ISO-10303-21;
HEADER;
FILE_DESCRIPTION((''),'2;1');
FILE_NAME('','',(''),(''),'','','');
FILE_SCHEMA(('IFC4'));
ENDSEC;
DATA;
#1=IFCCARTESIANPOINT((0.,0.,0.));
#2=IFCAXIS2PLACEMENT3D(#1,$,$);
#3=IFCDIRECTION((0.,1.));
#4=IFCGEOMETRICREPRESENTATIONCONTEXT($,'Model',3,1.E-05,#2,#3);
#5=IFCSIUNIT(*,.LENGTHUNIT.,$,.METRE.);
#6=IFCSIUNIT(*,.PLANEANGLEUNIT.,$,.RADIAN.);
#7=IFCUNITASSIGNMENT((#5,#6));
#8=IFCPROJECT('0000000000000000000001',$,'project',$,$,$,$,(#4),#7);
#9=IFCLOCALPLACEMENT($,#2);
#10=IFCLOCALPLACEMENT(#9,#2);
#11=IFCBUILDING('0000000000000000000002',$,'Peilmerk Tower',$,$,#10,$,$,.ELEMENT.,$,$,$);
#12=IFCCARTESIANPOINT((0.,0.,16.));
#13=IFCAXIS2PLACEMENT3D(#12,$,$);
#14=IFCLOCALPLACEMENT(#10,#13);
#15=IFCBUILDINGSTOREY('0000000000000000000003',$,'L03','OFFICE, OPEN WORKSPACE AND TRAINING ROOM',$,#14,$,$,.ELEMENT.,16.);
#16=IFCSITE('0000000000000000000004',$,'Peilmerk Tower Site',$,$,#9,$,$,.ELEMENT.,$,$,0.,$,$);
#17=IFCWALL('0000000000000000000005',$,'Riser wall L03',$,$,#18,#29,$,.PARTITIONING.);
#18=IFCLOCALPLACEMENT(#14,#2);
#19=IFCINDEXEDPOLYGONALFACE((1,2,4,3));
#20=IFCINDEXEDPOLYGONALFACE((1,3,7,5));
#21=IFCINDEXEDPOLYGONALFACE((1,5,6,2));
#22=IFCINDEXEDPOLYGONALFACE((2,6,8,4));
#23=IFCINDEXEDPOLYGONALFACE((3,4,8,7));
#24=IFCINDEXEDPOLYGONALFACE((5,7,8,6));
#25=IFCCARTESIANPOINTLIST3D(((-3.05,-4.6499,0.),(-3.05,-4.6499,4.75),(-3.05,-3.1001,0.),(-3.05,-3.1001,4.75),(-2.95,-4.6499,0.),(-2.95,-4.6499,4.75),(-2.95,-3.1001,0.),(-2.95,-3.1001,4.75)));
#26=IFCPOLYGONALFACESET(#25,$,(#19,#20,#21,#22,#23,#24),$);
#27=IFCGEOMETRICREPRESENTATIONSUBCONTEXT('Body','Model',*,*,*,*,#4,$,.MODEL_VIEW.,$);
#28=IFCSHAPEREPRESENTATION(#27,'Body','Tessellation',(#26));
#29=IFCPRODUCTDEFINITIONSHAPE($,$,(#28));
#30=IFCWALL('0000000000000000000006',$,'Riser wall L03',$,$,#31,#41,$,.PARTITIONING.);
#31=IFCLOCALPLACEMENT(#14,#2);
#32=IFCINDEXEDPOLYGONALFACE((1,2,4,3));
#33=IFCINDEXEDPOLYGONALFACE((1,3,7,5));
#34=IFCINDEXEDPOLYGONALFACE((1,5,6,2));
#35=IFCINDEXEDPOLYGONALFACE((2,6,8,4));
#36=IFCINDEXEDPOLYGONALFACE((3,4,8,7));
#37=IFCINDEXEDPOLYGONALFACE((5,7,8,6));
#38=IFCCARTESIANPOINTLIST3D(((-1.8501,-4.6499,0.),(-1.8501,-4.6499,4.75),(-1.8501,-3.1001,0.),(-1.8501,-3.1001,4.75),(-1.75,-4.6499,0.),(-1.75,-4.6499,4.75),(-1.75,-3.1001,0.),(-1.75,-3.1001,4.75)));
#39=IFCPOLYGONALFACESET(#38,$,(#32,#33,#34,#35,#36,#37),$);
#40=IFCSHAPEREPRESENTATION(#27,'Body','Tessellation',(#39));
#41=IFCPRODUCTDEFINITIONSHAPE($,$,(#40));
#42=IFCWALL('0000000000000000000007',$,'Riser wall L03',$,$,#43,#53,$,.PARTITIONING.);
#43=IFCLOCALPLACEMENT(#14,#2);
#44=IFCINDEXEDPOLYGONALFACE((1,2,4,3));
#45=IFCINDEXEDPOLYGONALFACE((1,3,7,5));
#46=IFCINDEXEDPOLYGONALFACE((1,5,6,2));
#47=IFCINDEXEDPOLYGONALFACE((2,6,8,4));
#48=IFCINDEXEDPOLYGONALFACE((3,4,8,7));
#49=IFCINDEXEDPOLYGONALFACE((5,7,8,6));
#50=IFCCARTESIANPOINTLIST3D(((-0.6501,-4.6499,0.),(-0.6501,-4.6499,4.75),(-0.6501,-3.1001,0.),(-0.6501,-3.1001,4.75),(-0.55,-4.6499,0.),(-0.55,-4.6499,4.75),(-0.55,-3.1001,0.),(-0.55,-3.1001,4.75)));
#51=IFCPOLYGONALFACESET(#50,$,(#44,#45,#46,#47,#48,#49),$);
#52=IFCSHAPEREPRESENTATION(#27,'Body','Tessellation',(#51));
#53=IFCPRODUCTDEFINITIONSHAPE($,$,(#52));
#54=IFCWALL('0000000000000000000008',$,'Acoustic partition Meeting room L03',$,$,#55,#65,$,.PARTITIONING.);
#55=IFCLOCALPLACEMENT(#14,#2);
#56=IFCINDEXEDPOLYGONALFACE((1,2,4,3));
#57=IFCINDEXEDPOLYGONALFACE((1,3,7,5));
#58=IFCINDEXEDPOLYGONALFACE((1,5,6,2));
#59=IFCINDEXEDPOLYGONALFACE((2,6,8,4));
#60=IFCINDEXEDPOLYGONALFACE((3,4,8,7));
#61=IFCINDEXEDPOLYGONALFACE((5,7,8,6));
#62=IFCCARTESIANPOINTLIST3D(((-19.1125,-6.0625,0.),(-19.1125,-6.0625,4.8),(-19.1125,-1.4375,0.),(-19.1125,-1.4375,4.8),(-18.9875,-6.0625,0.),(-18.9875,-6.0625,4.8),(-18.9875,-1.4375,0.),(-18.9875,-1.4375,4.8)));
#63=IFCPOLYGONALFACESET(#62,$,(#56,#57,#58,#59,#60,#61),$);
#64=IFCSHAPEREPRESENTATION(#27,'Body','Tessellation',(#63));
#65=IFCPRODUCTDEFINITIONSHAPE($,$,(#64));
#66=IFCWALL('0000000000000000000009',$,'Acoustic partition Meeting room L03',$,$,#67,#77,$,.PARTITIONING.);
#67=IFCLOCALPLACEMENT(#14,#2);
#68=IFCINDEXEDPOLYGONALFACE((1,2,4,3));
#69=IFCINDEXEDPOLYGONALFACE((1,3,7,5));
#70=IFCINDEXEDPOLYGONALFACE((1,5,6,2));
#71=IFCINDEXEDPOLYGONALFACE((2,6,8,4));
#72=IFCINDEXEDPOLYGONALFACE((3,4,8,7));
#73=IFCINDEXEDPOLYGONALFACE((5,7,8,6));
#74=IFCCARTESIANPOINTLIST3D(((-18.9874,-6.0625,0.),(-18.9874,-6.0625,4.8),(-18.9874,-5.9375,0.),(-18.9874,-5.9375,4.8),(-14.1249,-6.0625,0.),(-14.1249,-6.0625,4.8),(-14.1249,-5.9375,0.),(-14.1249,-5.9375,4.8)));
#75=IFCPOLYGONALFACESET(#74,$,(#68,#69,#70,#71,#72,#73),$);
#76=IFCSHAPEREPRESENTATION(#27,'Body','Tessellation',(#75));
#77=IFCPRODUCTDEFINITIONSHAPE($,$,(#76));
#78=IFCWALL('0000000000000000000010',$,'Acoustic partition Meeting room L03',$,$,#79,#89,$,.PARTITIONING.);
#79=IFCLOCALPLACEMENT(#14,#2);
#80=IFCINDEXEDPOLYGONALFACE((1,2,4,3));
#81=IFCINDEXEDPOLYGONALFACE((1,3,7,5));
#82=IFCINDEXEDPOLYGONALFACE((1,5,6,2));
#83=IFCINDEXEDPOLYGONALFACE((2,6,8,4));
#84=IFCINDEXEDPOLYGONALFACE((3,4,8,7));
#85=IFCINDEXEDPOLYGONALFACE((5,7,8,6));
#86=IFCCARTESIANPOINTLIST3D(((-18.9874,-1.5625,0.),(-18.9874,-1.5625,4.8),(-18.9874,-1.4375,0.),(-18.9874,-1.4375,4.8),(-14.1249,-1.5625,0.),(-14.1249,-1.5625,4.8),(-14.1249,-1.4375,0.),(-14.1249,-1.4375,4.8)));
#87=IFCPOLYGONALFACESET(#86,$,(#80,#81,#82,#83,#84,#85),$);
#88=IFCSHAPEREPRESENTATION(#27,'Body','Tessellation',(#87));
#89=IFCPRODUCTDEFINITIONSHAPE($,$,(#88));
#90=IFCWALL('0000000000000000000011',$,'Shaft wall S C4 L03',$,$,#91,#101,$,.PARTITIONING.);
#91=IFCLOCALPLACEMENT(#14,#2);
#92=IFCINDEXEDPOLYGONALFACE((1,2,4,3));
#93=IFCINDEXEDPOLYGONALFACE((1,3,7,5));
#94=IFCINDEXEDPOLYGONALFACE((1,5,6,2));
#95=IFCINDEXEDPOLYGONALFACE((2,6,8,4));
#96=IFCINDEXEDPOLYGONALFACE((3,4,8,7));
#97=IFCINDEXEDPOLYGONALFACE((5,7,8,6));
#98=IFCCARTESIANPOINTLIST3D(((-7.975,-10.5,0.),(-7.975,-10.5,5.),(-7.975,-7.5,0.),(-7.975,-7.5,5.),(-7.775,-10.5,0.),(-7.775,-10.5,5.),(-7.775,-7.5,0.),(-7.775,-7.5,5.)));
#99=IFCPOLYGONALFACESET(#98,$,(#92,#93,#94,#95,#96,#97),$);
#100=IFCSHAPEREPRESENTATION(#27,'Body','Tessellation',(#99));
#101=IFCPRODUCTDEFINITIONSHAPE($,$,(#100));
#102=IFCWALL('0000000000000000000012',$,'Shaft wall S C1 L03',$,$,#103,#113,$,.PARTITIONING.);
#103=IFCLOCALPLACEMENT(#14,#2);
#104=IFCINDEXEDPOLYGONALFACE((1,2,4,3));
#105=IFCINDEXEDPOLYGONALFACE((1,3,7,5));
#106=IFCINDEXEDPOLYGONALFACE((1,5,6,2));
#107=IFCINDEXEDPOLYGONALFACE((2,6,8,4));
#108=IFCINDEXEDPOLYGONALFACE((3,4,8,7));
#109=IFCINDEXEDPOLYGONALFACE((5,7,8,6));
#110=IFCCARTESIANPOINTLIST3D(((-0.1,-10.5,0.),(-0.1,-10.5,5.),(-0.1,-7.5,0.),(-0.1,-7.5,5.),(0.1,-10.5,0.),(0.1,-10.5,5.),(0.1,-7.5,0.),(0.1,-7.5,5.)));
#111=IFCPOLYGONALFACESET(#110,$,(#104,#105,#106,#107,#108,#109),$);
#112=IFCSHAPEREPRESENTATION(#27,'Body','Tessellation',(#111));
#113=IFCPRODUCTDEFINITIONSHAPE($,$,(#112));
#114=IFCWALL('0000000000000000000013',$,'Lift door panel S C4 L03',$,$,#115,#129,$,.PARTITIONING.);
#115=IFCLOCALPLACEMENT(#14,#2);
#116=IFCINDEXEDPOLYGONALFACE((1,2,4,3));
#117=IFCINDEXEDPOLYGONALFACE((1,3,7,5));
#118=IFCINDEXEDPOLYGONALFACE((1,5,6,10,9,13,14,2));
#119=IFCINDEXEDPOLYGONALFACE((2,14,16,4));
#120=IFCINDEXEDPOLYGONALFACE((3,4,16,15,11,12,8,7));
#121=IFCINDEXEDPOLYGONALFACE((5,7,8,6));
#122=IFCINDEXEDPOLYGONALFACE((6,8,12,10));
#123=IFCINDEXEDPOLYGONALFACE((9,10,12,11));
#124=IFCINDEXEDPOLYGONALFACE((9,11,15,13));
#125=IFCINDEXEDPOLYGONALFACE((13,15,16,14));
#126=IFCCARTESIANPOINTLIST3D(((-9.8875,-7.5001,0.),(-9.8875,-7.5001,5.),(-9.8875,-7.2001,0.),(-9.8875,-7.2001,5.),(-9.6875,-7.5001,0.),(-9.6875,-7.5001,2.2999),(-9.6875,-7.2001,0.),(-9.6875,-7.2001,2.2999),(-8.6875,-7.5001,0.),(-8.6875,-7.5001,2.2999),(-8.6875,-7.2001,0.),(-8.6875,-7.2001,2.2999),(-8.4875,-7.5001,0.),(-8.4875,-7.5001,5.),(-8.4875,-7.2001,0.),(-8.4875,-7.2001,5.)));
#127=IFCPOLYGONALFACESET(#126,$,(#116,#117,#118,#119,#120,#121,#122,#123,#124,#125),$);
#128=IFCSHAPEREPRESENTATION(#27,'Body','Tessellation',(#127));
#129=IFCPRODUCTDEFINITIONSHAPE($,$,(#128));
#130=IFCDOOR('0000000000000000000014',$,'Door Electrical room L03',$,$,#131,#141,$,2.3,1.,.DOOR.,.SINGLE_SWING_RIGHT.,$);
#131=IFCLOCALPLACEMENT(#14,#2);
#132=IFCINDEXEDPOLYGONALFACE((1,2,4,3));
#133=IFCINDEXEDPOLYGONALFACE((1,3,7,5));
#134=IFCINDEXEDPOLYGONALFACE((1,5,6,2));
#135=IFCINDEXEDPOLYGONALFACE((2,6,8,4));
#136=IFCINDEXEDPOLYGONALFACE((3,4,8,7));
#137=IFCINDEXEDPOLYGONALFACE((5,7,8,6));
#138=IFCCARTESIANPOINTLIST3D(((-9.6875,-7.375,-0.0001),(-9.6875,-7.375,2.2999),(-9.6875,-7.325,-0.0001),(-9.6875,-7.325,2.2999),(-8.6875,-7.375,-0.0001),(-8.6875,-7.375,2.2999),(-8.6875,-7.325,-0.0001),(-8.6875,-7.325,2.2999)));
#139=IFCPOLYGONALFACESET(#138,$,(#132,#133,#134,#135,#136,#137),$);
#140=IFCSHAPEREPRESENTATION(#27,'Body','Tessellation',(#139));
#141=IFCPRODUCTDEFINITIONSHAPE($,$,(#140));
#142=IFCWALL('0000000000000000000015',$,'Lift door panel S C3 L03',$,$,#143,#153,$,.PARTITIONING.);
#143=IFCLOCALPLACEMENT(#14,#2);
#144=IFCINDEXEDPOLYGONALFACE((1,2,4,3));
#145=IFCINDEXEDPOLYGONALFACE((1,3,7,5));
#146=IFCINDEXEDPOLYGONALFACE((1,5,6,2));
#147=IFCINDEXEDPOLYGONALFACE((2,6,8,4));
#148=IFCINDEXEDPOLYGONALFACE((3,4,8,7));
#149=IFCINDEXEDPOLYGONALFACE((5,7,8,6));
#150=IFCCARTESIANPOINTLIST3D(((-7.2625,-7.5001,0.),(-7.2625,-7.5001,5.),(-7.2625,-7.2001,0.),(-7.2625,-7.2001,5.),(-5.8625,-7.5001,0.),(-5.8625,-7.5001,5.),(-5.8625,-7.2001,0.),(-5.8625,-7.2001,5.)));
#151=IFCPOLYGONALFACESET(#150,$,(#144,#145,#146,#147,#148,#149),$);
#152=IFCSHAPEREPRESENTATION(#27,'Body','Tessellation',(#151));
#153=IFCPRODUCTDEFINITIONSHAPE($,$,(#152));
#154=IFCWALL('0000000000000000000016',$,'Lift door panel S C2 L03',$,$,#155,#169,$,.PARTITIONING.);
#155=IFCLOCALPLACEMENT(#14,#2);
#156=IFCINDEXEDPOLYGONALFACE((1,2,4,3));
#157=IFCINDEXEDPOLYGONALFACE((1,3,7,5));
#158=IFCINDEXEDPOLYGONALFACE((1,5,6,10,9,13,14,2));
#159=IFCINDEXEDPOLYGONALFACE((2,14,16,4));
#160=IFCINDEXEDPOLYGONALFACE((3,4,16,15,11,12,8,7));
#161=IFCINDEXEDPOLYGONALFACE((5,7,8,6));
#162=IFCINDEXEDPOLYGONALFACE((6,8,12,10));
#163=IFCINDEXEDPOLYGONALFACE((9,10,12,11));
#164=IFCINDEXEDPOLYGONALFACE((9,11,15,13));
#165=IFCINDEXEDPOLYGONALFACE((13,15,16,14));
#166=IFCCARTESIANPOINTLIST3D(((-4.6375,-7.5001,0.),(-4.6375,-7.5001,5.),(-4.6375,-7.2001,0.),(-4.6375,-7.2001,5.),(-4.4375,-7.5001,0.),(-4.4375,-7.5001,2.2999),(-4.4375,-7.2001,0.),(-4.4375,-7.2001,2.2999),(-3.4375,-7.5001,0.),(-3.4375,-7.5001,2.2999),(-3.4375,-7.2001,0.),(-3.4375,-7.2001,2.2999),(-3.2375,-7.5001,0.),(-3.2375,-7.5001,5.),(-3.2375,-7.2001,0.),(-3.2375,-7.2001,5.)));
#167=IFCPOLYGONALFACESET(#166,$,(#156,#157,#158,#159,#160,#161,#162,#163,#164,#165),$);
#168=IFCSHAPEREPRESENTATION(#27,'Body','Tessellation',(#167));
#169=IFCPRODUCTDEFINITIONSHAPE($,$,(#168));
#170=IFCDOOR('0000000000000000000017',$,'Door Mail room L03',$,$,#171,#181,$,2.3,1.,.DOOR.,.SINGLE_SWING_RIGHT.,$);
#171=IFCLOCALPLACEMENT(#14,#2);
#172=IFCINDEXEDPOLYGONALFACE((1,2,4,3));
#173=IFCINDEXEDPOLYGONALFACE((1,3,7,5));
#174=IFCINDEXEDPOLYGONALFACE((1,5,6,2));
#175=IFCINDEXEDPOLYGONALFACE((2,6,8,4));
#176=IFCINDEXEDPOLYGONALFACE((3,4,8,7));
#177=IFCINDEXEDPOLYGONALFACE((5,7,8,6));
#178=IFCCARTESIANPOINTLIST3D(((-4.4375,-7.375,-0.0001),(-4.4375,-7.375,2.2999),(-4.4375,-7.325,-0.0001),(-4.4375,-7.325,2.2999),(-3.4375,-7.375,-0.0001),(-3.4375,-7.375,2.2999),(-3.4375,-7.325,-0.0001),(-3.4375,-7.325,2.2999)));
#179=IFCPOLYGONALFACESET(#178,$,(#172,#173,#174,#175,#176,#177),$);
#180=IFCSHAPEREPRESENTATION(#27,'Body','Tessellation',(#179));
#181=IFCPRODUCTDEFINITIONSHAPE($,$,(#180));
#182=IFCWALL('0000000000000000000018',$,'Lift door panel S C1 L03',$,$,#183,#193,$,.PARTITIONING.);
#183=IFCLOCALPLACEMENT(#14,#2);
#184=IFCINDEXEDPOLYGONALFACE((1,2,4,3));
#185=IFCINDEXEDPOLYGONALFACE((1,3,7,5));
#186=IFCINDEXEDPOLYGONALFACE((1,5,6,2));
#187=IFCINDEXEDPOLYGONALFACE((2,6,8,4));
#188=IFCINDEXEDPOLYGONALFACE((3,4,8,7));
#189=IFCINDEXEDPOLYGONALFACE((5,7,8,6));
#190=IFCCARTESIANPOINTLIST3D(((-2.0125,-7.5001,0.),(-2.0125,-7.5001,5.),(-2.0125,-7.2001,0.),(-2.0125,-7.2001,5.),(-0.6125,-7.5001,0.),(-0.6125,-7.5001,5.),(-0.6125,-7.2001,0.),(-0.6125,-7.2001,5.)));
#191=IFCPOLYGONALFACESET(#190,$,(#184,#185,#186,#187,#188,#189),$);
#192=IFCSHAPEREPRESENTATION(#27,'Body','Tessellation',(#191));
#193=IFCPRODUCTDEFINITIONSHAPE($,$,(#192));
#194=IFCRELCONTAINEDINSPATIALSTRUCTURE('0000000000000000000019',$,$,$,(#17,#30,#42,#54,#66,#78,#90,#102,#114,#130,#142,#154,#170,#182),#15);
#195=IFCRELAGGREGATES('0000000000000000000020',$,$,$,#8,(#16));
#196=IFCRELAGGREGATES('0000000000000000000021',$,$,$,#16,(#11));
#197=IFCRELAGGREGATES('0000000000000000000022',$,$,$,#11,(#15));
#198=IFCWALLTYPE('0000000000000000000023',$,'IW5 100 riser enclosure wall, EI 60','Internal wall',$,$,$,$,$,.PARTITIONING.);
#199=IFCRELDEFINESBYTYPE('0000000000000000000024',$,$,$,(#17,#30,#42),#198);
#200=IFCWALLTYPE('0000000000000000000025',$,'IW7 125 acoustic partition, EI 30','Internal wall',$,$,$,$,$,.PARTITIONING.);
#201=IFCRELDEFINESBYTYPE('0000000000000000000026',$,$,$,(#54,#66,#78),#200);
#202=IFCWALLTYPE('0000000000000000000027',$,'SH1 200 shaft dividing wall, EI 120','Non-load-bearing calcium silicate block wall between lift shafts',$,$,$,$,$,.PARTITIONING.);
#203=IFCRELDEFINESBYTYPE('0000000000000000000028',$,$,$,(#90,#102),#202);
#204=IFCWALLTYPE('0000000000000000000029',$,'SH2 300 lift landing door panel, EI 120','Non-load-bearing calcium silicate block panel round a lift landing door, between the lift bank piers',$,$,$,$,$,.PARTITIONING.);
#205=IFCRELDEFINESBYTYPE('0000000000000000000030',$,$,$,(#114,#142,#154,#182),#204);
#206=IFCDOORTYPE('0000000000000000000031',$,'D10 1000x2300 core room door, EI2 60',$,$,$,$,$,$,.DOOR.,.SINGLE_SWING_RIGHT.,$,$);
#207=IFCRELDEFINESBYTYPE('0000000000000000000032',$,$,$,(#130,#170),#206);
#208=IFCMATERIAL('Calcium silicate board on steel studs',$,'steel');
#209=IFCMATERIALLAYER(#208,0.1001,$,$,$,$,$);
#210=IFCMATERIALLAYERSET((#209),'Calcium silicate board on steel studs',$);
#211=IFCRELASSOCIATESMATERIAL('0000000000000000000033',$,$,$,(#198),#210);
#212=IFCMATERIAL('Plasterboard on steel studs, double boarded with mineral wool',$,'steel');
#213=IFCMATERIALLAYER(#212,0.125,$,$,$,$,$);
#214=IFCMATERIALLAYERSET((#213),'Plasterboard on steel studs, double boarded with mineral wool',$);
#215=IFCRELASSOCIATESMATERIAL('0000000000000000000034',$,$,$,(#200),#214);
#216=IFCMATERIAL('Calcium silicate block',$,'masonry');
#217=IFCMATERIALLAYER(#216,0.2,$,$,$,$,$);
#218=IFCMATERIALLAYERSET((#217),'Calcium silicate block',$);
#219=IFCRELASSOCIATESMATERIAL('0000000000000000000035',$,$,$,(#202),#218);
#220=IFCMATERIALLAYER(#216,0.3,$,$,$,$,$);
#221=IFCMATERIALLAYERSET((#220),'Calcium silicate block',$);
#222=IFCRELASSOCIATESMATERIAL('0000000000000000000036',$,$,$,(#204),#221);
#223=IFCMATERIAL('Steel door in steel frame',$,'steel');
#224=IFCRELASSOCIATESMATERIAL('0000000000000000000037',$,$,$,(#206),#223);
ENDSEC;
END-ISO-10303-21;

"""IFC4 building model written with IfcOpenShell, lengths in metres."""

from ifc_helpers import new_model, si_unit, direction, frame, frame_2d, origin, place, context, subcontext, project, spatial, rectangle, extrude, material, layer, layer_set, type_object, element, fill, save


model = new_model("IFC4")

# Units and contexts
model_context = context("Model", 3, precision=1e-05, world=origin(), true_north=direction((0.0, 1.0)))
body_context = subcontext(model_context, "Body", "Model", "MODEL_VIEW")
ifc_project = project(units=[si_unit("LENGTHUNIT", "METRE"), si_unit("PLANEANGLEUNIT", "RADIAN")], contexts=[model_context])

# Site, building, storey
site_placement = place(None, origin())
site = spatial("IfcSite", under=ifc_project, at=site_placement, Name="Peilmerk Tower Site", CompositionType="ELEMENT", RefElevation=0.0)
building_placement = place(site_placement, origin())
building = spatial("IfcBuilding", under=site, at=building_placement, Name="Peilmerk Tower", CompositionType="ELEMENT")
storey_placement = place(building_placement, frame((0.0, 0.0, 16.0)))
storey = spatial("IfcBuildingStorey", under=building, at=storey_placement, Name="L03", Description="OFFICE, OPEN WORKSPACE AND TRAINING ROOM", CompositionType="ELEMENT", Elevation=16.0)

# Walls
ifc_material_1 = material(Name="Calcium silicate board on steel studs", Category="steel")
ifc_layer_1 = layer(ifc_material_1, 0.1001)
ifc_layer_set_1 = layer_set([ifc_layer_1], Name="Calcium silicate board on steel studs")
wall_type_1 = type_object("IfcWallType", Name="IW5 100 riser enclosure wall, EI 60", Description="Internal wall", PredefinedType="PARTITIONING", material=ifc_layer_set_1)
for number, where, z_axis, x_axis, name in (
    (1, (-3.0, -3.1001, 0.0), (0.0, 0.0, 1.0), (0.0, -1.0, 0.0), "Riser wall L03"),
    (2, (-1.8, -3.1001, 0.0), (0.0, 0.0, 1.0), (0.0, -1.0, 0.0), "Riser wall L03"),
    (3, (-0.6001, -3.1001, 0.0), (0.0, 0.0, 1.0), (0.0, -1.0, 0.0), "Riser wall L03"),
):
    element("IfcWall", number, at=place(storey_placement, frame(where, z_axis=z_axis, x_axis=x_axis)), inside=storey, type_object=wall_type_1, Name=name, PredefinedType="PARTITIONING", context=body_context, shape_type="SweptSolid", body=[
        extrude(rectangle(XDim=1.5498, YDim=0.1001, at=frame_2d((0.7749, 0.0))), origin(), (0.0, 0.0, 1.0), 4.75),
    ])
ifc_material_2 = material(Name="Plasterboard on steel studs, double boarded with mineral wool", Category="steel")
ifc_layer_2 = layer(ifc_material_2, 0.125)
ifc_layer_set_2 = layer_set([ifc_layer_2], Name="Plasterboard on steel studs, double boarded with mineral wool")
wall_type_2 = type_object("IfcWallType", Name="IW7 125 acoustic partition, EI 30", Description="Internal wall", PredefinedType="PARTITIONING", material=ifc_layer_set_2)
wall_1_placement = place(storey_placement, frame((-19.05, -6.0625, 0.0), z_axis=(0.0, 0.0, 1.0), x_axis=(0.0, 1.0, 0.0)))
element("IfcWall", 4, at=wall_1_placement, inside=storey, type_object=wall_type_2, Name="Acoustic partition Meeting room L03", PredefinedType="PARTITIONING", context=body_context, shape_type="SweptSolid", body=[
    extrude(rectangle(XDim=4.625, YDim=0.125, at=frame_2d((2.3125, 0.0))), origin(), (0.0, 0.0, 1.0), 4.8),
])
for number, where, z_axis, x_axis, name in (
    (5, (-14.125, -6.0, 0.0), (0.0, 0.0, 1.0), (-1.0, 0.0, 0.0), "Acoustic partition Meeting room L03"),
    (6, (-14.125, -1.5, 0.0), (0.0, 0.0, 1.0), (-1.0, 0.0, 0.0), "Acoustic partition Meeting room L03"),
):
    element("IfcWall", number, at=place(storey_placement, frame(where, z_axis=z_axis, x_axis=x_axis)), inside=storey, type_object=wall_type_2, Name=name, PredefinedType="PARTITIONING", context=body_context, shape_type="SweptSolid", body=[
        extrude(rectangle(XDim=4.8625, YDim=0.125, at=frame_2d((2.4312, 0.0))), origin(), (0.0, 0.0, 1.0), 4.8),
    ])
ifc_material_3 = material(Name="Calcium silicate block", Category="masonry")
ifc_layer_3 = layer(ifc_material_3, 0.2)
ifc_layer_set_3 = layer_set([ifc_layer_3], Name="Calcium silicate block")
wall_type_3 = type_object("IfcWallType", Name="SH1 200 shaft dividing wall, EI 120", Description="Non-load-bearing calcium silicate block wall between lift shafts", PredefinedType="PARTITIONING", material=ifc_layer_set_3)
for number, where, z_axis, x_axis, name in (
    (7, (-7.875, -10.5, 0.0), (0.0, 0.0, 1.0), (0.0, 1.0, 0.0), "Shaft wall S C4 L03"),
    (8, (0.0, -10.5, 0.0), (0.0, 0.0, 1.0), (0.0, 1.0, 0.0), "Shaft wall S C1 L03"),
):
    element("IfcWall", number, at=place(storey_placement, frame(where, z_axis=z_axis, x_axis=x_axis)), inside=storey, type_object=wall_type_3, Name=name, PredefinedType="PARTITIONING", context=body_context, shape_type="SweptSolid", body=[
        extrude(rectangle(XDim=3.0, YDim=0.2, at=frame_2d((1.5, 0.0))), origin(), (0.0, 0.0, 1.0), 5.0),
    ])

# Wall, opening, door
ifc_layer_4 = layer(ifc_material_3, 0.3)
ifc_layer_set_4 = layer_set([ifc_layer_4], Name="Calcium silicate block")
wall_type_4 = type_object("IfcWallType", Name="SH2 300 lift landing door panel, EI 120", Description="Non-load-bearing calcium silicate block panel round a lift landing door, between the lift bank piers", PredefinedType="PARTITIONING", material=ifc_layer_set_4)
wall_2_placement = place(storey_placement, frame((-9.8875, -7.3501, 0.0), z_axis=(0.0, 0.0, 1.0), x_axis=(1.0, 0.0, 0.0)))
wall_2 = element("IfcWall", 9, at=wall_2_placement, inside=storey, type_object=wall_type_4, Name="Lift door panel S C4 L03", PredefinedType="PARTITIONING", context=body_context, shape_type="SweptSolid", body=[
    extrude(rectangle(XDim=1.3999, YDim=0.3, at=frame_2d((0.7, 0.0))), origin(), (0.0, 0.0, 1.0), 5.0),
])
opening_1_placement = place(wall_2_placement, frame((0.2, 0.0, 0.0)))
opening_1 = element("IfcOpeningElement", 10, at=opening_1_placement, cuts=wall_2, PredefinedType="OPENING", context=body_context, shape_type="SweptSolid", body=[
    extrude(rectangle(XDim=1.0, YDim=2.3, at=frame_2d((0.5, 1.1499))), frame((0.0, 0.1599, 0.0), z_axis=(0.0, -1.0, 0.0), x_axis=(1.0, 0.0, 0.0)), (0.0, 0.0, 1.0), 0.3201),
])
ifc_material_4 = material(Name="Steel door in steel frame", Category="steel")
door_type_1 = type_object("IfcDoorType", Name="D10 1000x2300 core room door, EI2 60", OperationType="SINGLE_SWING_RIGHT", PredefinedType="DOOR", material=ifc_material_4)
door_1_placement = place(opening_1_placement, frame((1.0, 0.0, 0.0), z_axis=(0.0, 0.0, 1.0), x_axis=(-1.0, 0.0, 0.0)))
door_1 = element("IfcDoor", 11, at=door_1_placement, inside=storey, type_object=door_type_1, Name="Door Electrical room L03", OperationType="SINGLE_SWING_RIGHT", OverallHeight=2.3, OverallWidth=1.0, PredefinedType="DOOR", context=body_context, shape_type="SweptSolid", body=[
    extrude(rectangle(XDim=1.0, YDim=2.3, at=frame_2d((0.5, 1.1499))), frame((0.0, 0.0249, 0.0), z_axis=(0.0, -1.0, 0.0), x_axis=(1.0, 0.0, 0.0)), (0.0, 0.0, 1.0), 0.05),
])
fill(opening_1, door_1)

# Wall
wall_3_placement = place(storey_placement, frame((-7.2625, -7.3501, 0.0), z_axis=(0.0, 0.0, 1.0), x_axis=(1.0, 0.0, 0.0)))
element("IfcWall", 12, at=wall_3_placement, inside=storey, type_object=wall_type_4, Name="Lift door panel S C3 L03", PredefinedType="PARTITIONING", context=body_context, shape_type="SweptSolid", body=[
    extrude(rectangle(XDim=1.3999, YDim=0.3, at=frame_2d((0.7, 0.0))), origin(), (0.0, 0.0, 1.0), 5.0),
])

# Wall, opening, door
wall_4_placement = place(storey_placement, frame((-4.6375, -7.3501, 0.0), z_axis=(0.0, 0.0, 1.0), x_axis=(1.0, 0.0, 0.0)))
wall_4 = element("IfcWall", 13, at=wall_4_placement, inside=storey, type_object=wall_type_4, Name="Lift door panel S C2 L03", PredefinedType="PARTITIONING", context=body_context, shape_type="SweptSolid", body=[
    extrude(rectangle(XDim=1.3999, YDim=0.3, at=frame_2d((0.7, 0.0))), origin(), (0.0, 0.0, 1.0), 5.0),
])
opening_2_placement = place(wall_4_placement, frame((0.2, 0.0, 0.0)))
opening_2 = element("IfcOpeningElement", 14, at=opening_2_placement, cuts=wall_4, PredefinedType="OPENING", context=body_context, shape_type="SweptSolid", body=[
    extrude(rectangle(XDim=1.0, YDim=2.3, at=frame_2d((0.5, 1.1499))), frame((0.0, 0.1599, 0.0), z_axis=(0.0, -1.0, 0.0), x_axis=(1.0, 0.0, 0.0)), (0.0, 0.0, 1.0), 0.3201),
])
door_2_placement = place(opening_2_placement, frame((1.0, 0.0, 0.0), z_axis=(0.0, 0.0, 1.0), x_axis=(-1.0, 0.0, 0.0)))
door_2 = element("IfcDoor", 15, at=door_2_placement, inside=storey, type_object=door_type_1, Name="Door Mail room L03", OperationType="SINGLE_SWING_RIGHT", OverallHeight=2.3, OverallWidth=1.0, PredefinedType="DOOR", context=body_context, shape_type="SweptSolid", body=[
    extrude(rectangle(XDim=1.0, YDim=2.3, at=frame_2d((0.5, 1.1499))), frame((0.0, 0.0249, 0.0), z_axis=(0.0, -1.0, 0.0), x_axis=(1.0, 0.0, 0.0)), (0.0, 0.0, 1.0), 0.05),
])
fill(opening_2, door_2)

# Wall
wall_5_placement = place(storey_placement, frame((-2.0125, -7.3501, 0.0), z_axis=(0.0, 0.0, 1.0), x_axis=(1.0, 0.0, 0.0)))
element("IfcWall", 16, at=wall_5_placement, inside=storey, type_object=wall_type_4, Name="Lift door panel S C1 L03", PredefinedType="PARTITIONING", context=body_context, shape_type="SweptSolid", body=[
    extrude(rectangle(XDim=1.3999, YDim=0.3, at=frame_2d((0.7, 0.0))), origin(), (0.0, 0.0, 1.0), 5.0),
])

save(model, "model.ifc")
